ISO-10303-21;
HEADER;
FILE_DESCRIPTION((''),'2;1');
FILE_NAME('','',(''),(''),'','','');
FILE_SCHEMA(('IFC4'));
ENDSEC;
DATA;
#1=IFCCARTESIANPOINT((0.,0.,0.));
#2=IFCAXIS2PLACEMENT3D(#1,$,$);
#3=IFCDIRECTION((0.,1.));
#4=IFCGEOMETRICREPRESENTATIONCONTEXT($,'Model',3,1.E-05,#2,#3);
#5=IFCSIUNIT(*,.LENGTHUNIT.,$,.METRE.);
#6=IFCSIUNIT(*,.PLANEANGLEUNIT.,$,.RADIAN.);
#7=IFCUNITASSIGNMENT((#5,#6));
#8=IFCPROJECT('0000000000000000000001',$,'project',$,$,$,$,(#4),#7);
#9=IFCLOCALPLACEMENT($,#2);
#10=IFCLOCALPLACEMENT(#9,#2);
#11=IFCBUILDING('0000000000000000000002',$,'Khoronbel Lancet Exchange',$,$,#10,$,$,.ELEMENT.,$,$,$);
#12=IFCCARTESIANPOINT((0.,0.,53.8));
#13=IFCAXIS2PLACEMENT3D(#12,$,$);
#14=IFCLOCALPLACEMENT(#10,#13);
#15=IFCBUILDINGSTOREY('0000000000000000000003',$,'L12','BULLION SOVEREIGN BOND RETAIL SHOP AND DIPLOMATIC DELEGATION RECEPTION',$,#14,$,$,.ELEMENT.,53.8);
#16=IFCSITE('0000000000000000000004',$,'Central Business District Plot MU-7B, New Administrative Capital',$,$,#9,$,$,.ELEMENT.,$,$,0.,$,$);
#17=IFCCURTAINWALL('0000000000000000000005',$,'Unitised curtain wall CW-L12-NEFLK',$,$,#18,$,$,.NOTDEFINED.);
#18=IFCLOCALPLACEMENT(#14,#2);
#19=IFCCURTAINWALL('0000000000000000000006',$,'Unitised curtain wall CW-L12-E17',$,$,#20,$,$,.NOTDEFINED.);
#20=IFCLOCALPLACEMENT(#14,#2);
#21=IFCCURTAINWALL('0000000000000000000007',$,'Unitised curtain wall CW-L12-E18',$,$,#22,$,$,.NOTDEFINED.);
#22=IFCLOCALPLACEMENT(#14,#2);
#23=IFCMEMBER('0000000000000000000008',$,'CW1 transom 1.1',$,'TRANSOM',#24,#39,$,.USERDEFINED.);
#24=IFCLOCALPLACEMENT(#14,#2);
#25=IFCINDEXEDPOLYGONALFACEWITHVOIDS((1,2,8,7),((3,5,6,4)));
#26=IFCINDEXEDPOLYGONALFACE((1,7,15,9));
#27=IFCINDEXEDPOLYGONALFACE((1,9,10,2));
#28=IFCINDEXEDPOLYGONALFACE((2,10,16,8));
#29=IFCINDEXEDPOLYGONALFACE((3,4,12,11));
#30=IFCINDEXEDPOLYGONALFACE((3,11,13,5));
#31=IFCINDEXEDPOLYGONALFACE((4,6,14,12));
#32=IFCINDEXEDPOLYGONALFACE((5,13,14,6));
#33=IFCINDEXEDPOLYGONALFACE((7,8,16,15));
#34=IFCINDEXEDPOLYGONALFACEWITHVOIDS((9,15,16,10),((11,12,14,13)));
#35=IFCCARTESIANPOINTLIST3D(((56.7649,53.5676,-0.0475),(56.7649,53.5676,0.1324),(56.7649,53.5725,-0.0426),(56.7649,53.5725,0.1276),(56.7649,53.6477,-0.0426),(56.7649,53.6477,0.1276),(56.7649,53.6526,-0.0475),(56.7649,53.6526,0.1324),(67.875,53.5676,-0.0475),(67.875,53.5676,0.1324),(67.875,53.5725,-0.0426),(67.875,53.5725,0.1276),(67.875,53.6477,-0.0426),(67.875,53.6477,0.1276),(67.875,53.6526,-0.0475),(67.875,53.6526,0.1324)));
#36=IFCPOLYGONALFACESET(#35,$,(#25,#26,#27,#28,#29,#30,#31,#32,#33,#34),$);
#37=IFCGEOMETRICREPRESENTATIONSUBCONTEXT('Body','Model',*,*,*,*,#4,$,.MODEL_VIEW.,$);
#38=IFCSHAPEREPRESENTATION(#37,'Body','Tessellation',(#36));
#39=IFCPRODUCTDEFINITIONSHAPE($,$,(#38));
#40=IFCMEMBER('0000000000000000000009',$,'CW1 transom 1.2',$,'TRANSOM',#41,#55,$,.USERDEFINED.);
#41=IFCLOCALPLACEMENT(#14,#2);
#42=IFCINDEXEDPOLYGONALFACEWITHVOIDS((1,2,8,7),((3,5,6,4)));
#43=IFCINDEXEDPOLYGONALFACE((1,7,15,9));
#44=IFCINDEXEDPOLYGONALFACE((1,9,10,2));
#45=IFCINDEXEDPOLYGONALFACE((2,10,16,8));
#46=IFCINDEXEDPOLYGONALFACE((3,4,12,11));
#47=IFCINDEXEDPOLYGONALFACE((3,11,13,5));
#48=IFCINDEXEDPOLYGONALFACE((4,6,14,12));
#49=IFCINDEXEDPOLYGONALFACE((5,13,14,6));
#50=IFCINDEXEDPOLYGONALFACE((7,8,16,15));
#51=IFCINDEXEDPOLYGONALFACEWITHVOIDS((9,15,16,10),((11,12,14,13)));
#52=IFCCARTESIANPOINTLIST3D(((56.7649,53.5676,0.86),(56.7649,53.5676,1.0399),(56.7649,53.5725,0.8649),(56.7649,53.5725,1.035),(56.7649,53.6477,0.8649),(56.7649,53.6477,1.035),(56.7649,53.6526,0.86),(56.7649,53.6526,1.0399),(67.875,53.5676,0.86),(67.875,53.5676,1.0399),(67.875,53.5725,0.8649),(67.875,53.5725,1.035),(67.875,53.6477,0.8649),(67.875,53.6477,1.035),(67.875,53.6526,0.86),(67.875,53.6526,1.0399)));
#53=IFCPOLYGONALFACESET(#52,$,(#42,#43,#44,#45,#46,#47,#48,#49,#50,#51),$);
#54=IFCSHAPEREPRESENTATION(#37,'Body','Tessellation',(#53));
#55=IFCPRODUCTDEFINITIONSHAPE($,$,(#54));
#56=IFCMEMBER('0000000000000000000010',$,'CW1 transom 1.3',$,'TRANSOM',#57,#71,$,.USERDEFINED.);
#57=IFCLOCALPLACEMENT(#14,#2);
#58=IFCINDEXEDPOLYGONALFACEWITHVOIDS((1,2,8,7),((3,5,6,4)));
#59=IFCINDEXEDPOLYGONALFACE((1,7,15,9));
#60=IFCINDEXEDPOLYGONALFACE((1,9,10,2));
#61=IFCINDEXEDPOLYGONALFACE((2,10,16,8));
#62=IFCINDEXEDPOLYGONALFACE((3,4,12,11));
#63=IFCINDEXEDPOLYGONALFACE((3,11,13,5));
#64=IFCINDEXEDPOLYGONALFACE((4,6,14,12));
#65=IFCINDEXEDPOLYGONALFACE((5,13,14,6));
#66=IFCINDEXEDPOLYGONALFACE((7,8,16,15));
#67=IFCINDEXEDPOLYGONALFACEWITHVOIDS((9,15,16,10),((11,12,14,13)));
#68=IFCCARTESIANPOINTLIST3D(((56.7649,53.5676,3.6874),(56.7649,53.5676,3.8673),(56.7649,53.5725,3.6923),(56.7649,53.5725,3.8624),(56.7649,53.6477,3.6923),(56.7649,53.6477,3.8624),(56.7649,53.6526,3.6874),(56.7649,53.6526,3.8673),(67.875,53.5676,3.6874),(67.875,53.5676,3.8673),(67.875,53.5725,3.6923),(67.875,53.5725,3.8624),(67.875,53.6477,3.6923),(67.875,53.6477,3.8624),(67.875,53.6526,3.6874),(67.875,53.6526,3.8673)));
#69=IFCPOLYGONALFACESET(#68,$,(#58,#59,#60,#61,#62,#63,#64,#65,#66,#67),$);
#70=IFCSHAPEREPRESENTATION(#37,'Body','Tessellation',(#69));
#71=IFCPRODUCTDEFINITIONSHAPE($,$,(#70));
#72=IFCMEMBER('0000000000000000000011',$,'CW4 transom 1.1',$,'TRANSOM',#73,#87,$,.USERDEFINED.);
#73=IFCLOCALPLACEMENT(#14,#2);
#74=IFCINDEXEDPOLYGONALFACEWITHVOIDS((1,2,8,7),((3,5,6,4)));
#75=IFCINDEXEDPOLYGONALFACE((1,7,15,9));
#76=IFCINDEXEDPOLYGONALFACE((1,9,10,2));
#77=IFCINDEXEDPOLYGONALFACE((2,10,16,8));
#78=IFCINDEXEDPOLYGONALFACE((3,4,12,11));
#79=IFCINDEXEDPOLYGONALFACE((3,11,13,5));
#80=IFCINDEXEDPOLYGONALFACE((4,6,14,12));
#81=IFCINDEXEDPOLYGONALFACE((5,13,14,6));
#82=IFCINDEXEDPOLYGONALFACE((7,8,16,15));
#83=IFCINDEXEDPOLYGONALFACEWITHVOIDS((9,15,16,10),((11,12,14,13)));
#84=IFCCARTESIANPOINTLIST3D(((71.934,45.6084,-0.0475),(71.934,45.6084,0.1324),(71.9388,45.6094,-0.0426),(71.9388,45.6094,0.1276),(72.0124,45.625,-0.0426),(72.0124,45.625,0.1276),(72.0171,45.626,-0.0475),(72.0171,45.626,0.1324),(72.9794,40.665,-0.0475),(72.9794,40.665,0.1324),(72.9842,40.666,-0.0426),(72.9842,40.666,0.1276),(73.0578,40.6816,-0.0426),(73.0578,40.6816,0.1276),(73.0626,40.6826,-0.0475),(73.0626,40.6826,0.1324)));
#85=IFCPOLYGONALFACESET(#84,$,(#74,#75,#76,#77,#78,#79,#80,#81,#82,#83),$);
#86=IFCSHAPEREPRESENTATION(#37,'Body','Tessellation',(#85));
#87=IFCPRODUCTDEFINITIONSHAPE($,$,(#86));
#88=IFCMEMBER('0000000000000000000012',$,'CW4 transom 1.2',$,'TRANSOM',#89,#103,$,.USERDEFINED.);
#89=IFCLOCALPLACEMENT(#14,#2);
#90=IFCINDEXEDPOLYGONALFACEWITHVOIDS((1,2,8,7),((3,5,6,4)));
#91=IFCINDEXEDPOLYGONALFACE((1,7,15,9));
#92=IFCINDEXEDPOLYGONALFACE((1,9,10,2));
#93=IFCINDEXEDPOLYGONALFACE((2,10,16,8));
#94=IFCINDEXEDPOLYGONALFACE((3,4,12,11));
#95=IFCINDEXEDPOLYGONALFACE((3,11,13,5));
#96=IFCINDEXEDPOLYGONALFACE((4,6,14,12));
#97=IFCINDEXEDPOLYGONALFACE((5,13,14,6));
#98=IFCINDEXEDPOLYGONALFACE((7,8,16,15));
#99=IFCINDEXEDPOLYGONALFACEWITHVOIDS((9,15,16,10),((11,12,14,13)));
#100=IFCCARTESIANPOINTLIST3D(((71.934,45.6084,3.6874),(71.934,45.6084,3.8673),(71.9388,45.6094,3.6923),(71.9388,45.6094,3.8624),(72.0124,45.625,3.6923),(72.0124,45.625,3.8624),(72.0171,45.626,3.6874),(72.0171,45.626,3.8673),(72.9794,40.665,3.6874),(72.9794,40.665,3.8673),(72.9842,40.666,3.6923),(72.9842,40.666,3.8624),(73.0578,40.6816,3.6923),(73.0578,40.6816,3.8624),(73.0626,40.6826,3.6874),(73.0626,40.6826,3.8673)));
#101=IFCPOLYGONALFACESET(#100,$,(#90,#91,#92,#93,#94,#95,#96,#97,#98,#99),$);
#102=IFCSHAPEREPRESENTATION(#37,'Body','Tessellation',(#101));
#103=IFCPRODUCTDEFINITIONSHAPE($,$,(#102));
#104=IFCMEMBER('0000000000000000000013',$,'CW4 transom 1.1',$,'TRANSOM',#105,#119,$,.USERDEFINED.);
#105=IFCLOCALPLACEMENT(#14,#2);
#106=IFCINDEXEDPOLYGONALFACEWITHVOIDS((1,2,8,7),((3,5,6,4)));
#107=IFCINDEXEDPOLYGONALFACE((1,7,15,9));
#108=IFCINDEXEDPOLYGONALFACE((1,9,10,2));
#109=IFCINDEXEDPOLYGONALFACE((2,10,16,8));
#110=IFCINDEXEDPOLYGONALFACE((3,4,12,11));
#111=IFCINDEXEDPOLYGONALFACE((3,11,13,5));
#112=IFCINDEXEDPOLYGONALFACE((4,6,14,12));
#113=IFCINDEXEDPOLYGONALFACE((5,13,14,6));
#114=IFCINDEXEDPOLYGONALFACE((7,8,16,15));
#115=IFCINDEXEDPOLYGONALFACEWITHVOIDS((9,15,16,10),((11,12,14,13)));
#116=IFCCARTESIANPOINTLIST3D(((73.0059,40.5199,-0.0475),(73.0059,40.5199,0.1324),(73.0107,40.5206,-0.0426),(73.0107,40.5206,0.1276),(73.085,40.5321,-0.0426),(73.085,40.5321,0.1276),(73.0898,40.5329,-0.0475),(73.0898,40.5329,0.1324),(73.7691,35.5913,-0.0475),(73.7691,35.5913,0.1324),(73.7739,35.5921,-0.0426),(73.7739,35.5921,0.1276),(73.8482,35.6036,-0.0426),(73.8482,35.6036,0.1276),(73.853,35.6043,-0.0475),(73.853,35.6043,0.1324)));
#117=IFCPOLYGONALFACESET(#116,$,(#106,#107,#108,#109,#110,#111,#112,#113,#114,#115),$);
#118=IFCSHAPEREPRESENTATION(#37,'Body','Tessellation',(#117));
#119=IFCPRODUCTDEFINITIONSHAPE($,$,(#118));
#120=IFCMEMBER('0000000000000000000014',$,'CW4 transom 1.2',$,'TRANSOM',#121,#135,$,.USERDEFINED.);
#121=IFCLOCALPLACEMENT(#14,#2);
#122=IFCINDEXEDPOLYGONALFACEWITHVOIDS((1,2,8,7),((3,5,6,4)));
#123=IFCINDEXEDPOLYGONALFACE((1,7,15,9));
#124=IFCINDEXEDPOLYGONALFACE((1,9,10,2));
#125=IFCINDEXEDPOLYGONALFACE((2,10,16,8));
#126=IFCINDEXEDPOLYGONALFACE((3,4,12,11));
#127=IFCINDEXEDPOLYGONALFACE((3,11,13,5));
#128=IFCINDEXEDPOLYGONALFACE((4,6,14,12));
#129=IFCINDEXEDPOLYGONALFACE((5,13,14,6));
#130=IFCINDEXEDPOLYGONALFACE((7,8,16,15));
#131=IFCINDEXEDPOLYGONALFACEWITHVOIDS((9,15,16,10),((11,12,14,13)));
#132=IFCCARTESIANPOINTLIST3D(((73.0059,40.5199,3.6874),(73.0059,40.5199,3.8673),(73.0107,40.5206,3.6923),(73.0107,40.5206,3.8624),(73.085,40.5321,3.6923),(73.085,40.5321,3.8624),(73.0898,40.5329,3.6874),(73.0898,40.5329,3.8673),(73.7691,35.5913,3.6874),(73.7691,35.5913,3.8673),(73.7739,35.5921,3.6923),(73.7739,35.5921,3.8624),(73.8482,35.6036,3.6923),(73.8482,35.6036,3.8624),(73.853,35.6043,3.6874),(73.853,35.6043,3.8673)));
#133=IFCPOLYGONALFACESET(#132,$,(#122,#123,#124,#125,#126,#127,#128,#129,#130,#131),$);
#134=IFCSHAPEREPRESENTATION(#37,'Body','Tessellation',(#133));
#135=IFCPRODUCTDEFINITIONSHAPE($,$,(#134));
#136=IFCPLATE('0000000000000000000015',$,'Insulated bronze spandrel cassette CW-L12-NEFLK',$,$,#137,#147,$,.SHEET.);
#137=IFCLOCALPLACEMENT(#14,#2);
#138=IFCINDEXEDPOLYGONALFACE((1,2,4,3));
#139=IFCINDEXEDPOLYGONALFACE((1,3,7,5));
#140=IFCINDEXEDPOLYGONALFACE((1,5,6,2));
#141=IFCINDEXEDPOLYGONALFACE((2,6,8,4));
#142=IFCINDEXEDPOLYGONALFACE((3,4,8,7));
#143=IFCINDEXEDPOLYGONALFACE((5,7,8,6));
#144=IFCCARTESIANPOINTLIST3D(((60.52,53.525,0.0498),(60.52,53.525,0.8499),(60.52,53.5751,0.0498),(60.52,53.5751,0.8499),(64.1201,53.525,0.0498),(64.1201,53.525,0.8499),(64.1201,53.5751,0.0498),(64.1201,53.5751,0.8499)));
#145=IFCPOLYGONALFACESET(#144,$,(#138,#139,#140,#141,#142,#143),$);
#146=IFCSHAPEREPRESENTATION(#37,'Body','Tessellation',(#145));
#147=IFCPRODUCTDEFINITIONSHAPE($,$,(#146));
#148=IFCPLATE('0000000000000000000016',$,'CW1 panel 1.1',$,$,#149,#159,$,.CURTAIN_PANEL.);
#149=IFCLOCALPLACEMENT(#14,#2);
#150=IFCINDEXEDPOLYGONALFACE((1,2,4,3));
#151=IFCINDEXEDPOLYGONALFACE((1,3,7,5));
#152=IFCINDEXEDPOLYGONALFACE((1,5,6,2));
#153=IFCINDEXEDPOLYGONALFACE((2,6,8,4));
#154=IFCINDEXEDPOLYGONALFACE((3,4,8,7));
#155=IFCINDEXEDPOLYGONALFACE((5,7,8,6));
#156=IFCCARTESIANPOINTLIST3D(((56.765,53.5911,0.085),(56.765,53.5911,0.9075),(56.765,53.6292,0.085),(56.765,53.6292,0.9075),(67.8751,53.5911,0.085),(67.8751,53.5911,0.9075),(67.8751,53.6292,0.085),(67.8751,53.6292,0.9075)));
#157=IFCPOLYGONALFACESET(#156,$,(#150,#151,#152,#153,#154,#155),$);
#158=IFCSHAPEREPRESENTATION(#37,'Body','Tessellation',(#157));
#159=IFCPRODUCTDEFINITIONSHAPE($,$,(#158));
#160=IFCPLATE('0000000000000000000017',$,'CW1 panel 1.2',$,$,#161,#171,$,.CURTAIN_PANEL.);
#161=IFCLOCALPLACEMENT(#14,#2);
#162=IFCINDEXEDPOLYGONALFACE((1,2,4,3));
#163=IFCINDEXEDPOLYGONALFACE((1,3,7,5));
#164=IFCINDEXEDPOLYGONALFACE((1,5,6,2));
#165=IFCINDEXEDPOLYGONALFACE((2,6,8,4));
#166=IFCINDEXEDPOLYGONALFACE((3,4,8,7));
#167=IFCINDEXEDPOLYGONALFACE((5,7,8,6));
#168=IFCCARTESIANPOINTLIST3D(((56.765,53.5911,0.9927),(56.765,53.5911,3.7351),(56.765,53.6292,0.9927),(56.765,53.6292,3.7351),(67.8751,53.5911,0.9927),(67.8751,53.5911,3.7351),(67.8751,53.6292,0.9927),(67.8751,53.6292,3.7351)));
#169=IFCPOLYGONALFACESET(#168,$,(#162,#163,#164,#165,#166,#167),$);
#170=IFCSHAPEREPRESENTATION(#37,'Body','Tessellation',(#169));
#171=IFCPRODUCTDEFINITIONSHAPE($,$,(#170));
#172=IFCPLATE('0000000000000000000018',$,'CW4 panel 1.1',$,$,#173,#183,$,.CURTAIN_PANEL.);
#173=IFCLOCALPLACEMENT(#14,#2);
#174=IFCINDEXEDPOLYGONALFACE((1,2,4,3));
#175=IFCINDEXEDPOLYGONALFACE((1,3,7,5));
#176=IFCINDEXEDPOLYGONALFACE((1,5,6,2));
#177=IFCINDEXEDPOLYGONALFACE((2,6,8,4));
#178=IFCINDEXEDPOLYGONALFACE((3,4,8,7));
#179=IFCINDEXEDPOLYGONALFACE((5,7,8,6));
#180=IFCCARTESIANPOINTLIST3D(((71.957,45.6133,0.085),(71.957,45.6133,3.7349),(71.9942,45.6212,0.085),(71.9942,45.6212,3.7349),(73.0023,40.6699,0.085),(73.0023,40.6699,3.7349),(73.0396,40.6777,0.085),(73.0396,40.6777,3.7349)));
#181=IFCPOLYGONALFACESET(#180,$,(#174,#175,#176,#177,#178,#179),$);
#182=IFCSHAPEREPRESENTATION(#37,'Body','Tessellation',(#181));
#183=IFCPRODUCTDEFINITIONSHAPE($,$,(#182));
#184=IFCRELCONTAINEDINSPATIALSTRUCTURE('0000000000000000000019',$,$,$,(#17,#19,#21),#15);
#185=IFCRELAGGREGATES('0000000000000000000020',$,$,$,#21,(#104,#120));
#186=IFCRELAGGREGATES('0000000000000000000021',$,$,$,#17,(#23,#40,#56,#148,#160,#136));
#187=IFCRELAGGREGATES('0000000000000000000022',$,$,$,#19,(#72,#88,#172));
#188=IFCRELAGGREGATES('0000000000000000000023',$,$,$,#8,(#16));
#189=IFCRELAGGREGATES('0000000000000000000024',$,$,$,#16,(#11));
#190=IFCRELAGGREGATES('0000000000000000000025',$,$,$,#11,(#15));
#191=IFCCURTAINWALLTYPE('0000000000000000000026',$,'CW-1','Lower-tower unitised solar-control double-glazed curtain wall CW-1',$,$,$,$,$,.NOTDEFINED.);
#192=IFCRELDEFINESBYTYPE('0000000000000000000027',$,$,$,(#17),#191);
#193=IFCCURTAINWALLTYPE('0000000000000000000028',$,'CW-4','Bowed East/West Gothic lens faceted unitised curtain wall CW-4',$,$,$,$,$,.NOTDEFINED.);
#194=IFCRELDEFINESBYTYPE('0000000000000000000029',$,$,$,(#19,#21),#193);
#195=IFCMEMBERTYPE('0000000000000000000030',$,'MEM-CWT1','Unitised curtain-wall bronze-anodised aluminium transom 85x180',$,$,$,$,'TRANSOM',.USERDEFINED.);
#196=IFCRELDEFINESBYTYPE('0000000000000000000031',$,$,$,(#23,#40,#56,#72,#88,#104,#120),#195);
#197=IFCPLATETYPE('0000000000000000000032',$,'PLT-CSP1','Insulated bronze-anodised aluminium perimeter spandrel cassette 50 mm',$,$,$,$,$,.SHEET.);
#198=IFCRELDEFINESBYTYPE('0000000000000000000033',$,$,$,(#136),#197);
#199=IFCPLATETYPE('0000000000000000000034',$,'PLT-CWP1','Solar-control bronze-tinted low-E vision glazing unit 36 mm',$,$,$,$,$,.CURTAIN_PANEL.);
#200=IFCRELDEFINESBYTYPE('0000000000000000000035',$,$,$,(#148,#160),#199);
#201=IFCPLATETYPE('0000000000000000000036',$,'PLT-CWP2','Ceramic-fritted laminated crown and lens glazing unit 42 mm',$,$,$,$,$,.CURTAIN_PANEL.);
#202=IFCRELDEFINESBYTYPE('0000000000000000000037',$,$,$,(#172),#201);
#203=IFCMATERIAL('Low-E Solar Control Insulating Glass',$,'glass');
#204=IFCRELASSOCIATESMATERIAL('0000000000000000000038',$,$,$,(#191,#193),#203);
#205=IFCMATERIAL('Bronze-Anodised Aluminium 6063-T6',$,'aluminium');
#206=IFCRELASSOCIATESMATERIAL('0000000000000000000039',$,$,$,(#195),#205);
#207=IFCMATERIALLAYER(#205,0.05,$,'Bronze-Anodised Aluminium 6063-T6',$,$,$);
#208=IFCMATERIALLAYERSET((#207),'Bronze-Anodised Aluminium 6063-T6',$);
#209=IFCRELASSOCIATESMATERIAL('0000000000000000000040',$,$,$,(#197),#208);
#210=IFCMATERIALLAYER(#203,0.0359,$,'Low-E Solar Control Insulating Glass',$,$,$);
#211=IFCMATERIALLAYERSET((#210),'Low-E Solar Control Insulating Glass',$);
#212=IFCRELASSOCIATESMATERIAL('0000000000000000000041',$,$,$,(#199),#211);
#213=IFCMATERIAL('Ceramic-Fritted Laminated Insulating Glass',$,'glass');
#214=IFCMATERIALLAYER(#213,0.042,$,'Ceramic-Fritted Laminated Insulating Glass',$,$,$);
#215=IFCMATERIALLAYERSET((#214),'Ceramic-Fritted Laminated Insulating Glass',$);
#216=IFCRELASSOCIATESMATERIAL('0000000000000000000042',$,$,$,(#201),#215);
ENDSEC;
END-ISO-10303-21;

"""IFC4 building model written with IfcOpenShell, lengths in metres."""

from ifc_helpers import new_model, si_unit, direction, frame, origin, origin_2d, place, context, subcontext, project, spatial, rectangle, hollow_rectangle, extrude, material, layer, layer_set, material_profile, profile_set, type_object, element, aggregate, save


model = new_model("IFC4")

# Units and contexts
model_context = context("Model", 3, precision=1e-05, world=origin(), true_north=direction((0.0, 1.0)))
body_context = subcontext(model_context, "Body", "Model", "MODEL_VIEW")
ifc_project = project(units=[si_unit("LENGTHUNIT", "METRE"), si_unit("PLANEANGLEUNIT", "RADIAN")], contexts=[model_context])

# Site, building, storey
site_placement = place(None, origin())
site = spatial("IfcSite", under=ifc_project, at=site_placement, Name="Central Business District Plot MU-7B, New Administrative Capital", CompositionType="ELEMENT", RefElevation=0.0)
building_placement = place(site_placement, origin())
building = spatial("IfcBuilding", under=site, at=building_placement, Name="Khoronbel Lancet Exchange", CompositionType="ELEMENT")
storey_placement = place(building_placement, frame((0.0, 0.0, 53.8)))
storey = spatial("IfcBuildingStorey", under=building, at=storey_placement, Name="L12", Description="BULLION SOVEREIGN BOND RETAIL SHOP AND DIPLOMATIC DELEGATION RECEPTION", CompositionType="ELEMENT", Elevation=53.8)

# Curtain walls
ifc_material_1 = material(Name="Low-E Solar Control Insulating Glass", Category="glass")
curtain_wall_type_1 = type_object("IfcCurtainWallType", Name="CW-1", Description="Lower-tower unitised solar-control double-glazed curtain wall CW-1", PredefinedType="NOTDEFINED", material=ifc_material_1)
curtain_wall_1_placement = place(storey_placement, origin())
curtain_wall_1 = element("IfcCurtainWall", 1, at=curtain_wall_1_placement, inside=storey, type_object=curtain_wall_type_1, Name="Unitised curtain wall CW-L12-NEFLK", PredefinedType="NOTDEFINED")
ifc_material_2 = material(Name="Bronze-Anodised Aluminium 6063-T6", Category="aluminium")
curtain_wall_type_2 = type_object("IfcCurtainWallType", Name="CW-4", Description="Bowed East/West Gothic lens faceted unitised curtain wall CW-4", PredefinedType="NOTDEFINED", material=ifc_material_1)
curtain_wall_2_placement = place(storey_placement, origin())
curtain_wall_2 = element("IfcCurtainWall", 2, at=curtain_wall_2_placement, inside=storey, type_object=curtain_wall_type_2, Name="Unitised curtain wall CW-L12-E17", PredefinedType="NOTDEFINED")

# Curtain wall
curtain_wall_3_placement = place(storey_placement, origin())
curtain_wall_3 = element("IfcCurtainWall", 3, at=curtain_wall_3_placement, inside=storey, type_object=curtain_wall_type_2, Name="Unitised curtain wall CW-L12-E18", PredefinedType="NOTDEFINED")

# Members
ifc_material_profile_1 = material_profile(ifc_material_2, hollow_rectangle(XDim=0.085, YDim=0.1799, WallThickness=0.0049, at=origin_2d()), Name="ALU TRANSOM 85x180")
ifc_profile_set_1 = profile_set([ifc_material_profile_1], Name="Bronze-Anodised Aluminium 6063-T6")
member_type_1 = type_object("IfcMemberType", Name="MEM-CWT1", Description="Unitised curtain-wall bronze-anodised aluminium transom 85x180", ElementType="TRANSOM", PredefinedType="USERDEFINED", material=ifc_profile_set_1)
member_1_placement = place(storey_placement, frame((67.875, 53.6101, 0.0425), z_axis=(-1.0, 0.0, 0.0), x_axis=(0.0, -1.0, 0.0)))
member_1 = element("IfcMember", 4, at=member_1_placement, type_object=member_type_1, Name="CW1 transom 1.1", ObjectType="TRANSOM", PredefinedType="USERDEFINED", context=body_context, shape_type="SweptSolid", body=[
    extrude(hollow_rectangle(XDim=0.085, YDim=0.1799, WallThickness=0.0049, at=origin_2d()), origin(), (0.0, 0.0, 1.0), 11.1101),
])
member_2_placement = place(storey_placement, frame((67.875, 53.6101, 0.95), z_axis=(-1.0, 0.0, 0.0), x_axis=(0.0, -1.0, 0.0)))
member_2 = element("IfcMember", 5, at=member_2_placement, type_object=member_type_1, Name="CW1 transom 1.2", ObjectType="TRANSOM", PredefinedType="USERDEFINED", context=body_context, shape_type="SweptSolid", body=[
    extrude(hollow_rectangle(XDim=0.085, YDim=0.1799, WallThickness=0.0049, at=origin_2d()), origin(), (0.0, 0.0, 1.0), 11.1101),
])
member_3_placement = place(storey_placement, frame((67.875, 53.6101, 3.7773), z_axis=(-1.0, 0.0, 0.0), x_axis=(0.0, -1.0, 0.0)))
member_3 = element("IfcMember", 6, at=member_3_placement, type_object=member_type_1, Name="CW1 transom 1.3", ObjectType="TRANSOM", PredefinedType="USERDEFINED", context=body_context, shape_type="SweptSolid", body=[
    extrude(hollow_rectangle(XDim=0.085, YDim=0.1799, WallThickness=0.0049, at=origin_2d()), origin(), (0.0, 0.0, 1.0), 11.1101),
])
member_4_placement = place(storey_placement, frame((71.9756, 45.6172, 0.0425), z_axis=(0.206902, -0.978362, 0.0), x_axis=(0.978362, 0.206902, 0.0)))
member_4 = element("IfcMember", 7, at=member_4_placement, type_object=member_type_1, Name="CW4 transom 1.1", ObjectType="TRANSOM", PredefinedType="USERDEFINED", context=body_context, shape_type="SweptSolid", body=[
    extrude(hollow_rectangle(XDim=0.085, YDim=0.1799, WallThickness=0.0049, at=origin_2d()), origin(), (0.0, 0.0, 1.0), 5.0527),
])
member_5_placement = place(storey_placement, frame((71.9756, 45.6172, 3.7773), z_axis=(0.206902, -0.978362, 0.0), x_axis=(0.978362, 0.206902, 0.0)))
member_5 = element("IfcMember", 8, at=member_5_placement, type_object=member_type_1, Name="CW4 transom 1.2", ObjectType="TRANSOM", PredefinedType="USERDEFINED", context=body_context, shape_type="SweptSolid", body=[
    extrude(hollow_rectangle(XDim=0.085, YDim=0.1799, WallThickness=0.0049, at=origin_2d()), origin(), (0.0, 0.0, 1.0), 5.0527),
])
member_6_placement = place(storey_placement, frame((73.0479, 40.5264, 0.0425), z_axis=(0.153028, -0.988222, 0.0), x_axis=(0.988222, 0.153028, 0.0)))
member_6 = element("IfcMember", 9, at=member_6_placement, type_object=member_type_1, Name="CW4 transom 1.1", ObjectType="TRANSOM", PredefinedType="USERDEFINED", context=body_context, shape_type="SweptSolid", body=[
    extrude(hollow_rectangle(XDim=0.085, YDim=0.1799, WallThickness=0.0049, at=origin_2d()), origin(), (0.0, 0.0, 1.0), 4.9873),
])
member_7_placement = place(storey_placement, frame((73.0479, 40.5264, 3.7773), z_axis=(0.153028, -0.988222, 0.0), x_axis=(0.988222, 0.153028, 0.0)))
member_7 = element("IfcMember", 10, at=member_7_placement, type_object=member_type_1, Name="CW4 transom 1.2", ObjectType="TRANSOM", PredefinedType="USERDEFINED", context=body_context, shape_type="SweptSolid", body=[
    extrude(hollow_rectangle(XDim=0.085, YDim=0.1799, WallThickness=0.0049, at=origin_2d()), origin(), (0.0, 0.0, 1.0), 4.9873),
])
aggregate(curtain_wall_3, [member_6, member_7])

# Plates
ifc_layer_1 = layer(ifc_material_2, 0.05, Name="Bronze-Anodised Aluminium 6063-T6")
ifc_layer_set_1 = layer_set([ifc_layer_1], Name="Bronze-Anodised Aluminium 6063-T6")
plate_type_1 = type_object("IfcPlateType", Name="PLT-CSP1", Description="Insulated bronze-anodised aluminium perimeter spandrel cassette 50 mm", PredefinedType="SHEET", material=ifc_layer_set_1)
plate_1_placement = place(storey_placement, frame((62.3201, 53.55, 0.0498), z_axis=(0.0, 0.0, 1.0), x_axis=(-1.0, 0.0, 0.0)))
plate_1 = element("IfcPlate", 11, at=plate_1_placement, type_object=plate_type_1, Name="Insulated bronze spandrel cassette CW-L12-NEFLK", PredefinedType="SHEET", context=body_context, shape_type="SweptSolid", body=[
    extrude(rectangle(XDim=3.6001, YDim=0.05, at=origin_2d()), origin(), (0.0, 0.0, 1.0), 0.8),
])
ifc_layer_2 = layer(ifc_material_1, 0.0359, Name="Low-E Solar Control Insulating Glass")
ifc_layer_set_2 = layer_set([ifc_layer_2], Name="Low-E Solar Control Insulating Glass")
plate_type_2 = type_object("IfcPlateType", Name="PLT-CWP1", Description="Solar-control bronze-tinted low-E vision glazing unit 36 mm", PredefinedType="CURTAIN_PANEL", material=ifc_layer_set_2)
plate_2_placement = place(storey_placement, frame((62.3201, 53.6101, 0.085), z_axis=(0.0, 0.0, 1.0), x_axis=(-1.0, 0.0, 0.0)))
plate_2 = element("IfcPlate", 12, at=plate_2_placement, type_object=plate_type_2, Name="CW1 panel 1.1", PredefinedType="CURTAIN_PANEL", context=body_context, shape_type="SweptSolid", body=[
    extrude(rectangle(XDim=11.1101, YDim=0.0381, at=origin_2d()), origin(), (0.0, 0.0, 1.0), 0.8225),
])
plate_3_placement = place(storey_placement, frame((62.3201, 53.6101, 0.9927), z_axis=(0.0, 0.0, 1.0), x_axis=(-1.0, 0.0, 0.0)))
plate_3 = element("IfcPlate", 13, at=plate_3_placement, type_object=plate_type_2, Name="CW1 panel 1.2", PredefinedType="CURTAIN_PANEL", context=body_context, shape_type="SweptSolid", body=[
    extrude(rectangle(XDim=11.1101, YDim=0.0381, at=origin_2d()), origin(), (0.0, 0.0, 1.0), 2.7424),
])
aggregate(curtain_wall_1, [member_1, member_2, member_3, plate_2, plate_3, plate_1])
ifc_material_3 = material(Name="Ceramic-Fritted Laminated Insulating Glass", Category="glass")
ifc_layer_3 = layer(ifc_material_3, 0.042, Name="Ceramic-Fritted Laminated Insulating Glass")
ifc_layer_set_3 = layer_set([ifc_layer_3], Name="Ceramic-Fritted Laminated Insulating Glass")
plate_type_3 = type_object("IfcPlateType", Name="PLT-CWP2", Description="Ceramic-fritted laminated crown and lens glazing unit 42 mm", PredefinedType="CURTAIN_PANEL", material=ifc_layer_set_3)
plate_4_placement = place(storey_placement, frame((72.4983, 43.1455, 0.085), z_axis=(0.0, 0.0, 1.0), x_axis=(0.206894, -0.978363, 0.0)))
plate_4 = element("IfcPlate", 14, at=plate_4_placement, type_object=plate_type_3, Name="CW4 panel 1.1", PredefinedType="CURTAIN_PANEL", context=body_context, shape_type="SweptSolid", body=[
    extrude(rectangle(XDim=5.0527, YDim=0.0381, at=origin_2d()), origin(), (0.0, 0.0, 1.0), 3.6499),
])
aggregate(curtain_wall_2, [member_4, member_5, plate_4])

save(model, "model.ifc")
